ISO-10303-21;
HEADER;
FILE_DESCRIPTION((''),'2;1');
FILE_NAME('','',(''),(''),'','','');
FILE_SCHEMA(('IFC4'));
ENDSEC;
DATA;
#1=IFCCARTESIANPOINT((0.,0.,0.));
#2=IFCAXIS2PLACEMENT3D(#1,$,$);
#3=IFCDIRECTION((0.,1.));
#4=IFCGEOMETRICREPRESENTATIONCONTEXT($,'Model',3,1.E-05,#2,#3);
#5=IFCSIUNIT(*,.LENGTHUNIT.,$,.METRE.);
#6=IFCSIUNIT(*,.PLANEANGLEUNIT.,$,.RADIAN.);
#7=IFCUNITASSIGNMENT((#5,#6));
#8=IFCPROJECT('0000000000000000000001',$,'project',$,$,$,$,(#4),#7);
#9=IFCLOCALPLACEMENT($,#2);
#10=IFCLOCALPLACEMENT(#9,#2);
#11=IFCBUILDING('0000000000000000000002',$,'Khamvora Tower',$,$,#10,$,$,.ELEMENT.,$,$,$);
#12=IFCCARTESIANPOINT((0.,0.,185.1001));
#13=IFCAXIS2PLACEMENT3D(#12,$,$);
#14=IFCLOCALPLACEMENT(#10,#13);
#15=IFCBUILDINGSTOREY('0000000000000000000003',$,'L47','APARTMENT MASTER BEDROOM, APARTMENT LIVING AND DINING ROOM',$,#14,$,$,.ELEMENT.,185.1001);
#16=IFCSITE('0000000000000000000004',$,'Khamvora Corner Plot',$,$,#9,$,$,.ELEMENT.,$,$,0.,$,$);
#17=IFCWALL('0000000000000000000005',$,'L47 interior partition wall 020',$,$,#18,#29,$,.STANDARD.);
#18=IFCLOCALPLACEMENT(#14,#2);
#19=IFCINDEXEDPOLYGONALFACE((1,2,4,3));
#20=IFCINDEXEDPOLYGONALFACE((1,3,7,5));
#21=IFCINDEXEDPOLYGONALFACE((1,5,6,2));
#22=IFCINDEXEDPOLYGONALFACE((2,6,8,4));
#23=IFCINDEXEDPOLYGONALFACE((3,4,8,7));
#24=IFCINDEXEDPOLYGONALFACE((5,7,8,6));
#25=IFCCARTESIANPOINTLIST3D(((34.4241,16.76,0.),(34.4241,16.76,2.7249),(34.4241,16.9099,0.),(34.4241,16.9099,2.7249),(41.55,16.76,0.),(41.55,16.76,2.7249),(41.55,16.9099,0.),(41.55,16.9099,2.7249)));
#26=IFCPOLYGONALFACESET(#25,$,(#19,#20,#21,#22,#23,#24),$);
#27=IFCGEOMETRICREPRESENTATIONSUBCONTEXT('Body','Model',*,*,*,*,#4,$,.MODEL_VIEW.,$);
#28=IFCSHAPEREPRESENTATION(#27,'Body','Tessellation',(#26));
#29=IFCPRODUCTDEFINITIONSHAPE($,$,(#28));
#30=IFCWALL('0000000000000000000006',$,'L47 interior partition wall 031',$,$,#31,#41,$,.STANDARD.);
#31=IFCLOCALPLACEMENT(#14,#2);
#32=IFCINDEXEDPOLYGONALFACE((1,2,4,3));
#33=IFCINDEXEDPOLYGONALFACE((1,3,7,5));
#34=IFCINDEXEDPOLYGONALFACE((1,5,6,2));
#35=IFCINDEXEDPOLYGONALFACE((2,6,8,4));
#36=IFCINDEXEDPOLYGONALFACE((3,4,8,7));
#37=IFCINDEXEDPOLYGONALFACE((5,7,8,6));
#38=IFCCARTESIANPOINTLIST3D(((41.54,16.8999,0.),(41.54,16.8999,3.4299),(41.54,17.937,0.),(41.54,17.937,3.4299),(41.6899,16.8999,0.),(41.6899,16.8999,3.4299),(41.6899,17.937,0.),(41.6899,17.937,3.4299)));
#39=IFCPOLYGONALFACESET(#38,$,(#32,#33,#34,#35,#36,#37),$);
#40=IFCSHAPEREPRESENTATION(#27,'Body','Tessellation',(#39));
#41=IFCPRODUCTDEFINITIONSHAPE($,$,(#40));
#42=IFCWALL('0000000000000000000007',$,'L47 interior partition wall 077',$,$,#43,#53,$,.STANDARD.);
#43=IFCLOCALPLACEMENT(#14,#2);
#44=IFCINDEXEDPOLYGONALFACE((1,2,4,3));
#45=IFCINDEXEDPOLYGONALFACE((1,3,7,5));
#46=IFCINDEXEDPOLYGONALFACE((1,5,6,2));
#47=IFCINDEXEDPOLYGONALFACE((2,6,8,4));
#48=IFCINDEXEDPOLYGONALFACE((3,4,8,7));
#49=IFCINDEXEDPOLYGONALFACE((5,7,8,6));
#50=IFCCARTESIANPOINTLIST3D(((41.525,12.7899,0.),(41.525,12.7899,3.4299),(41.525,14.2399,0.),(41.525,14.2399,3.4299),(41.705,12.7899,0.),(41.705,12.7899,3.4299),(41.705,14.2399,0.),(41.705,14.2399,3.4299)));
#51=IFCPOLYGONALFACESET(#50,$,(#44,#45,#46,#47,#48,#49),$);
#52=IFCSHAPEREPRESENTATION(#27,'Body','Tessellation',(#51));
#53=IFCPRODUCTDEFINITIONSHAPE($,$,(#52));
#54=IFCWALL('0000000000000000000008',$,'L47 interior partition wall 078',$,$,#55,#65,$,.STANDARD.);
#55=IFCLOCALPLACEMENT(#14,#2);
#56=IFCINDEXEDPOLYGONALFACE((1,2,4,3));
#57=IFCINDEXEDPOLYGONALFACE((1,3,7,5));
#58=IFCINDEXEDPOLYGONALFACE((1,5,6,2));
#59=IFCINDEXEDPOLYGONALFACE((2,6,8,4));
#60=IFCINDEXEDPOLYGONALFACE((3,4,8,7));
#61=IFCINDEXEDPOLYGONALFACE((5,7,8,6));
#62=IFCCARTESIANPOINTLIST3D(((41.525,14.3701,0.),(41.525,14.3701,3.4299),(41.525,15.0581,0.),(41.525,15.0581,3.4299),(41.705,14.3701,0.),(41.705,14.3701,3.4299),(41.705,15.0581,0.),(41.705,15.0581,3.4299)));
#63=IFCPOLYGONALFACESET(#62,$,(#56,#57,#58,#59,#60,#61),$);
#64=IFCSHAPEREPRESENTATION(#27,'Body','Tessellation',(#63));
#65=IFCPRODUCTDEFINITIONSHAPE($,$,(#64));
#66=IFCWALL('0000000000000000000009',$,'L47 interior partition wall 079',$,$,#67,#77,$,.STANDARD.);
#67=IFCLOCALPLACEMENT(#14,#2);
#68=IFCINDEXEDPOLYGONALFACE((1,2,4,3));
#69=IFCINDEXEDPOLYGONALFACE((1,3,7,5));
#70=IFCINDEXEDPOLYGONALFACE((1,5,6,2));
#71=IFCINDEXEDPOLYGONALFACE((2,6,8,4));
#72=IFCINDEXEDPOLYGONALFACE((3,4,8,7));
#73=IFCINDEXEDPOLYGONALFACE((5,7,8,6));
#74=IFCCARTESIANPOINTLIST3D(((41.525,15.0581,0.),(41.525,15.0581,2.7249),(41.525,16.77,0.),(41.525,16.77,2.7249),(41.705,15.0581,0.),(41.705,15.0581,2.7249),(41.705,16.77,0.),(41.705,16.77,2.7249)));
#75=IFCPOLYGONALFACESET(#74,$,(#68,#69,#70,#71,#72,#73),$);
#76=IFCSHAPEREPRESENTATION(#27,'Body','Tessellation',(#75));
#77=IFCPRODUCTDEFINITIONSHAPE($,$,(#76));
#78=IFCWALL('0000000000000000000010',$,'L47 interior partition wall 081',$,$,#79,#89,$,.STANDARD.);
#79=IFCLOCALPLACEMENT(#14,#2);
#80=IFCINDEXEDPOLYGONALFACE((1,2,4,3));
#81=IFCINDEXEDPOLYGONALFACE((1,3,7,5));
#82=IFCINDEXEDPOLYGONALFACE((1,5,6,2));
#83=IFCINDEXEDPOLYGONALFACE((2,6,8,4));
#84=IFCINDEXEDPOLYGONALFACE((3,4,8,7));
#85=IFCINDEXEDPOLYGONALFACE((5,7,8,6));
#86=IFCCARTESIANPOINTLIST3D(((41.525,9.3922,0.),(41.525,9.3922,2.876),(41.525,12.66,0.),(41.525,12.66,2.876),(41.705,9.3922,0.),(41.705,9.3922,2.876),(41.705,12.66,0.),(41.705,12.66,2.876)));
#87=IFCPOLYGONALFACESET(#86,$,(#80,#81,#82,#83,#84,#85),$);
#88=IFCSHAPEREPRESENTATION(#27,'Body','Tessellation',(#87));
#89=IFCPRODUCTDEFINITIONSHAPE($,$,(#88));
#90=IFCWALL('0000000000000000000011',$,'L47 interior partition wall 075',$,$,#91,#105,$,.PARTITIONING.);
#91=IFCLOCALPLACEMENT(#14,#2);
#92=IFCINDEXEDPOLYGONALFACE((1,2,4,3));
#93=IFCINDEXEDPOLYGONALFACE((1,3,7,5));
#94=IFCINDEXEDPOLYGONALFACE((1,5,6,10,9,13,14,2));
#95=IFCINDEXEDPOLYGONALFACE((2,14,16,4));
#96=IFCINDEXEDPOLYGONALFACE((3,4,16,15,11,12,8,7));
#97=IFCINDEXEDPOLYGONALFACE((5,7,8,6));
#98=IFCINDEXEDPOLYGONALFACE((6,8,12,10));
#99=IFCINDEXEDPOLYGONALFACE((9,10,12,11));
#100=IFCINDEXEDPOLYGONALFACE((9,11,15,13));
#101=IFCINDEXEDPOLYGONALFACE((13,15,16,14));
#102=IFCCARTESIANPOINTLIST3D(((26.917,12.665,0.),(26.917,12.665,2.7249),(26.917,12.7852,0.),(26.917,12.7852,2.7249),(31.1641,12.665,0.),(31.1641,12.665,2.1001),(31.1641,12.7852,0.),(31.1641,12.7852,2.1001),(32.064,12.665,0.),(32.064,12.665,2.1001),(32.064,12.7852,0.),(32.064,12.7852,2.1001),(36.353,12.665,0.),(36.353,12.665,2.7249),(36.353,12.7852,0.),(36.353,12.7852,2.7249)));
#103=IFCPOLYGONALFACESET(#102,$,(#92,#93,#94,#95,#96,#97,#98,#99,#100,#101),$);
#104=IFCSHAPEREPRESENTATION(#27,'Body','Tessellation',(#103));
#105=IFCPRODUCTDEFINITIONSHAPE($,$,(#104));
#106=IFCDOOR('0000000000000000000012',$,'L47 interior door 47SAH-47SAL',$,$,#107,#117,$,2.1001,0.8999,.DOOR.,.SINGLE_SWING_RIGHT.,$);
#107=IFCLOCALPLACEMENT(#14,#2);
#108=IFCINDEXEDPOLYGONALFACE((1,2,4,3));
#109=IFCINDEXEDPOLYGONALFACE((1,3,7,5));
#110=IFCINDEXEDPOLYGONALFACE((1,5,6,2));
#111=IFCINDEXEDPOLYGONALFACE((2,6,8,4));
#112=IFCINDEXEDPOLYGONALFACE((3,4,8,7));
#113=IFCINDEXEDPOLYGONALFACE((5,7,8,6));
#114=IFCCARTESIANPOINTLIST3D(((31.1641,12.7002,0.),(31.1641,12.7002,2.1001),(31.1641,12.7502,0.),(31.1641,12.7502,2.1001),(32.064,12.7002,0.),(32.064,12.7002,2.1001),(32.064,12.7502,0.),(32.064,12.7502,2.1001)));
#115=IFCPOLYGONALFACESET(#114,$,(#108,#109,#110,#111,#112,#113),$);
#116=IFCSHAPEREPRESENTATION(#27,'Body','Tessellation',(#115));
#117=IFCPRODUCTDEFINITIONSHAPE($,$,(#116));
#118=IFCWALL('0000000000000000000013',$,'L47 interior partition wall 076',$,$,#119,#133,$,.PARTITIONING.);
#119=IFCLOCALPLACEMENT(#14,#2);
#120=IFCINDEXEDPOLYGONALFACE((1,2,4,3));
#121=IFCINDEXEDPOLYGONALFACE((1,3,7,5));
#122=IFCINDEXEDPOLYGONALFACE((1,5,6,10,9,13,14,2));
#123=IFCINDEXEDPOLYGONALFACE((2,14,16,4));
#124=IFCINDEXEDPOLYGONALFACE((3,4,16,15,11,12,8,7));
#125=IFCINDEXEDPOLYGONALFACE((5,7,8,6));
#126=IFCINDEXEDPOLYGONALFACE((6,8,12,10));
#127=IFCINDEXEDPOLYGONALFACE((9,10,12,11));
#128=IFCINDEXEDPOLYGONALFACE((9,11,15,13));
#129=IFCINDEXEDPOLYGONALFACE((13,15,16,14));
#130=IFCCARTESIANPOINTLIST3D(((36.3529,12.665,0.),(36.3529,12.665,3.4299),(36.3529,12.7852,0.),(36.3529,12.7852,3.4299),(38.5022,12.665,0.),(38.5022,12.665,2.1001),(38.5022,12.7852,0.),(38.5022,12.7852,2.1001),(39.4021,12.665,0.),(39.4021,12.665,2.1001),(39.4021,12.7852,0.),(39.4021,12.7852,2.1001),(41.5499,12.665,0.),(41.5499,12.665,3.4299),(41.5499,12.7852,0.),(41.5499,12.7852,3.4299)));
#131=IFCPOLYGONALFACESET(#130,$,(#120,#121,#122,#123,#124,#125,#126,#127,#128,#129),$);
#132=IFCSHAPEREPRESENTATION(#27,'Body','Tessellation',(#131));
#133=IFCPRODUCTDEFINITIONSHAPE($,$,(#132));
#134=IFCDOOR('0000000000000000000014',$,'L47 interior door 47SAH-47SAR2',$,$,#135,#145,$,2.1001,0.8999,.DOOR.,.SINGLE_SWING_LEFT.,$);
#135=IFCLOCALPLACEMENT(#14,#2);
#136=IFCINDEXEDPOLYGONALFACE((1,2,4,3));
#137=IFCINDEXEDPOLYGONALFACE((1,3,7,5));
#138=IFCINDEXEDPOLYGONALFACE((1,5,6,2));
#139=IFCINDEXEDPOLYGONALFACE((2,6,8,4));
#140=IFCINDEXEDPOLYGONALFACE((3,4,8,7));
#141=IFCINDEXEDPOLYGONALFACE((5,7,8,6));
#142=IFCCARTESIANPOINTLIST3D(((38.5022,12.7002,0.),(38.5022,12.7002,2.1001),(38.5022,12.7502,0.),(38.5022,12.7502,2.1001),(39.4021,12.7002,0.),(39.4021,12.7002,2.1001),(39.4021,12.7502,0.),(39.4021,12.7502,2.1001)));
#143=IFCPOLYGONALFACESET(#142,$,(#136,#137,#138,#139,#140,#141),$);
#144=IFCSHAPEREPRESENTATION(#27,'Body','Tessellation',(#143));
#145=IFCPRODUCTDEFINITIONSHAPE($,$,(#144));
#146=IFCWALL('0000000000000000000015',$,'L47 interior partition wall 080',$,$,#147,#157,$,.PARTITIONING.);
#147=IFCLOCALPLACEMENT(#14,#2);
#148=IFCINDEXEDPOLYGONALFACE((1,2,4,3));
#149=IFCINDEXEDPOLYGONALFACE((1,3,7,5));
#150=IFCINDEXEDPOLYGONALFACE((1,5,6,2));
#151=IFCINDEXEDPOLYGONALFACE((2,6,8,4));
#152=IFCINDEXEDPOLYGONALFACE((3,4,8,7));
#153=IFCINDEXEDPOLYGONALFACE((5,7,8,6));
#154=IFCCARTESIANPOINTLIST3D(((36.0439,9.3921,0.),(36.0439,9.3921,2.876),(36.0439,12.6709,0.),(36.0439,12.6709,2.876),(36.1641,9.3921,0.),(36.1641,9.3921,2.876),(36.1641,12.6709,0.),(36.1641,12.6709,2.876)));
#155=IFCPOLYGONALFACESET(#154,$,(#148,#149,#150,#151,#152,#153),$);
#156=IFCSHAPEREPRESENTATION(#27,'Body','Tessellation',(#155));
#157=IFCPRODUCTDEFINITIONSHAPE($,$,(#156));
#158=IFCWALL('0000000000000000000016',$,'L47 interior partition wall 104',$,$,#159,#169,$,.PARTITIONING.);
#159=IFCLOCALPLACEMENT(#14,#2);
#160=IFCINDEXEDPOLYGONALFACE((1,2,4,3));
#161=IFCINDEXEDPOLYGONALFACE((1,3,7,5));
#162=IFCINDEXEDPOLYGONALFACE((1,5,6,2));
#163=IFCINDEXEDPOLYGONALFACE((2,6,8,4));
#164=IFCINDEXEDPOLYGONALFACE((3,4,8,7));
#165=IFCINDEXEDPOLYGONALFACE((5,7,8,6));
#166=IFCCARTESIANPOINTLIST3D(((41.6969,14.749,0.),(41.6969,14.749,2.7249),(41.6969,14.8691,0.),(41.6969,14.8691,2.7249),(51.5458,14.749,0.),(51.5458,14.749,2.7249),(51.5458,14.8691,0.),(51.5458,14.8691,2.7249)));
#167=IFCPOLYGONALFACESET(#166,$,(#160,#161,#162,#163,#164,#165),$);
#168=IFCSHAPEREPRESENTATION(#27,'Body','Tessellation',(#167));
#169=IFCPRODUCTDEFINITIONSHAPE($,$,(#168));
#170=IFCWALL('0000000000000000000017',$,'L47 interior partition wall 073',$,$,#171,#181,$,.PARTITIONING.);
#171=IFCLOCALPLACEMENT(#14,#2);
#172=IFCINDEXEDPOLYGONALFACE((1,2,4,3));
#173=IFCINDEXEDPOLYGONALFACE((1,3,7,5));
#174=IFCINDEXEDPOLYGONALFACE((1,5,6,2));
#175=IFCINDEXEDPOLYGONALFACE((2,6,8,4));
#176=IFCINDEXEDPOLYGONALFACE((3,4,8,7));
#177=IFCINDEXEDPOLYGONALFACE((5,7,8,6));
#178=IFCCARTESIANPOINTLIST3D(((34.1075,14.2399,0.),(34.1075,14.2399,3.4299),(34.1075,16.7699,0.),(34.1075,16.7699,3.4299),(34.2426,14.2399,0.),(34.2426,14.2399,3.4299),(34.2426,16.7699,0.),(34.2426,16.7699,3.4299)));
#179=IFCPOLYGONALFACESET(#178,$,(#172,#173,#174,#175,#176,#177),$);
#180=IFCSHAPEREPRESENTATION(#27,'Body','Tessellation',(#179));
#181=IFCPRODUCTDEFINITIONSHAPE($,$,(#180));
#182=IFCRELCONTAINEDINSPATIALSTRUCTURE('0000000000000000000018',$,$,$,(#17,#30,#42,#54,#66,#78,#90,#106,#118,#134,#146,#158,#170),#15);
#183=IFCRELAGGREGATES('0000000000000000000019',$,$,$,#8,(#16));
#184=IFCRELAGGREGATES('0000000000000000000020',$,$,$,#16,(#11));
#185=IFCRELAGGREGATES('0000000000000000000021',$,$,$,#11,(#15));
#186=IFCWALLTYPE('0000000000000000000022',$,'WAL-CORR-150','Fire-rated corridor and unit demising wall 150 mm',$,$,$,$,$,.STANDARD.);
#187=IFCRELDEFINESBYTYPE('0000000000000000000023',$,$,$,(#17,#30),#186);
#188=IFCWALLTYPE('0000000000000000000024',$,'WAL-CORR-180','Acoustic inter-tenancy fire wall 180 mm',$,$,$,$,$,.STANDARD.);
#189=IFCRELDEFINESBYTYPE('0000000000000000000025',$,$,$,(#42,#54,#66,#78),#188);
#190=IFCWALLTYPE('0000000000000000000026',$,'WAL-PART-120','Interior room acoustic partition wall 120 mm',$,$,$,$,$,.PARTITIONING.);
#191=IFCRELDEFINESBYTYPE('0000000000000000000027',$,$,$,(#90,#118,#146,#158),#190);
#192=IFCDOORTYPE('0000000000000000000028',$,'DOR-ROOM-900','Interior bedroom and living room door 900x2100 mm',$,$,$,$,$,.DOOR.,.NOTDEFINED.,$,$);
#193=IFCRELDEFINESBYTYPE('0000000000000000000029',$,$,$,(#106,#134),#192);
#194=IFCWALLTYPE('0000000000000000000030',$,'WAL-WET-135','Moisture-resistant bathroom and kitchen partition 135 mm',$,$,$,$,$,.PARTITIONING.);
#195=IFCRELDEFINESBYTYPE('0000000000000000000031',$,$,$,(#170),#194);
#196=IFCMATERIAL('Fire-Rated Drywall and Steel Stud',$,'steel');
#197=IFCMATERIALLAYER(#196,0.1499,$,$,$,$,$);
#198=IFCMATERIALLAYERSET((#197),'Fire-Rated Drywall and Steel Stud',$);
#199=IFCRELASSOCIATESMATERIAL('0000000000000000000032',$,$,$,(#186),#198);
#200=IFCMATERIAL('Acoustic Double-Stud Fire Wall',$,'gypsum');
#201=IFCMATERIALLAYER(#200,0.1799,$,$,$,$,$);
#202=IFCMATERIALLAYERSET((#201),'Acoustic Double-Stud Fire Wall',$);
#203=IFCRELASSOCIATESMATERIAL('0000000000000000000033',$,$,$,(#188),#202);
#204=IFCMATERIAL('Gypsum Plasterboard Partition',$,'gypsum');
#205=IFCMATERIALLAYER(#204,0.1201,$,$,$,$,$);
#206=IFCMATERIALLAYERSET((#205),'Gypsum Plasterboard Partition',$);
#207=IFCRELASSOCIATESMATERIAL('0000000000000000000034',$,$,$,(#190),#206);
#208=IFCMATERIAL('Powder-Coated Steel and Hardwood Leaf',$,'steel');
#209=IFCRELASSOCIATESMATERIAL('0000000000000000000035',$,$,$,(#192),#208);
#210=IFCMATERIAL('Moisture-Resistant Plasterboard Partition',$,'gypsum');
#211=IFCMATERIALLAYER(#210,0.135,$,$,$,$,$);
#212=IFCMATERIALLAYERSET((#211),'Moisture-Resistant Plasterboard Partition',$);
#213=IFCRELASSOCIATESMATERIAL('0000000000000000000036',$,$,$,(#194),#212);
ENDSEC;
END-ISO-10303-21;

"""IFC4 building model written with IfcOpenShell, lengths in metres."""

from ifc_helpers import new_model, si_unit, direction, frame, frame_2d, origin, place, context, subcontext, project, spatial, rectangle, extrude, material, layer, layer_set, type_object, element, fill, save


model = new_model("IFC4")

# Units and contexts
model_context = context("Model", 3, precision=1e-05, world=origin(), true_north=direction((0.0, 1.0)))
body_context = subcontext(model_context, "Body", "Model", "MODEL_VIEW")
ifc_project = project(units=[si_unit("LENGTHUNIT", "METRE"), si_unit("PLANEANGLEUNIT", "RADIAN")], contexts=[model_context])

# Site, building, storey
site_placement = place(None, origin())
site = spatial("IfcSite", under=ifc_project, at=site_placement, Name="Khamvora Corner Plot", CompositionType="ELEMENT", RefElevation=0.0)
building_placement = place(site_placement, origin())
building = spatial("IfcBuilding", under=site, at=building_placement, Name="Khamvora Tower", CompositionType="ELEMENT")
storey_placement = place(building_placement, frame((0.0, 0.0, 185.1001)))
storey = spatial("IfcBuildingStorey", under=building, at=storey_placement, Name="L47", Description="APARTMENT MASTER BEDROOM, APARTMENT LIVING AND DINING ROOM", CompositionType="ELEMENT", Elevation=185.1001)

# Shared definitions
ifc_material_1 = material(Name="Fire-Rated Drywall and Steel Stud", Category="steel")
ifc_layer_1 = layer(ifc_material_1, 0.1499)
ifc_layer_set_1 = layer_set([ifc_layer_1], Name="Fire-Rated Drywall and Steel Stud")
wall_type_1 = type_object("IfcWallType", Name="WAL-CORR-150", Description="Fire-rated corridor and unit demising wall 150 mm", PredefinedType="STANDARD", material=ifc_layer_set_1)
ifc_material_2 = material(Name="Powder-Coated Steel and Hardwood Leaf", Category="steel")

# Walls
wall_1_placement = place(storey_placement, frame((41.55, 16.835, 0.0), z_axis=(0.0, 0.0, 1.0), x_axis=(-1.0, 0.0, 0.0)))
element("IfcWall", 1, at=wall_1_placement, inside=storey, type_object=wall_type_1, Name="L47 interior partition wall 020", PredefinedType="STANDARD", context=body_context, shape_type="SweptSolid", body=[
    extrude(rectangle(XDim=7.126, YDim=0.1499, at=frame_2d((3.563, 0.0))), origin(), (0.0, 0.0, 1.0), 2.7249),
])
wall_2_placement = place(storey_placement, frame((41.615, 17.937, 0.0), z_axis=(0.0, 0.0, 1.0), x_axis=(0.0, -1.0, 0.0)))
element("IfcWall", 2, at=wall_2_placement, inside=storey, type_object=wall_type_1, Name="L47 interior partition wall 031", PredefinedType="STANDARD", context=body_context, shape_type="SweptSolid", body=[
    extrude(rectangle(XDim=1.0371, YDim=0.1499, at=frame_2d((0.5186, 0.0))), origin(), (0.0, 0.0, 1.0), 3.4299),
])
ifc_material_3 = material(Name="Acoustic Double-Stud Fire Wall", Category="gypsum")
ifc_layer_2 = layer(ifc_material_3, 0.1799)
ifc_layer_set_2 = layer_set([ifc_layer_2], Name="Acoustic Double-Stud Fire Wall")
wall_type_2 = type_object("IfcWallType", Name="WAL-CORR-180", Description="Acoustic inter-tenancy fire wall 180 mm", PredefinedType="STANDARD", material=ifc_layer_set_2)
wall_3_placement = place(storey_placement, frame((41.615, 14.24, 0.0), z_axis=(0.0, 0.0, 1.0), x_axis=(0.0, -1.0, 0.0)))
element("IfcWall", 3, at=wall_3_placement, inside=storey, type_object=wall_type_2, Name="L47 interior partition wall 077", PredefinedType="STANDARD", context=body_context, shape_type="SweptSolid", body=[
    extrude(rectangle(XDim=1.45, YDim=0.1799, at=frame_2d((0.7251, 0.0))), origin(), (0.0, 0.0, 1.0), 3.4299),
])
wall_4_placement = place(storey_placement, frame((41.615, 15.0581, 0.0), z_axis=(0.0, 0.0, 1.0), x_axis=(0.0, -1.0, 0.0)))
element("IfcWall", 4, at=wall_4_placement, inside=storey, type_object=wall_type_2, Name="L47 interior partition wall 078", PredefinedType="STANDARD", context=body_context, shape_type="SweptSolid", body=[
    extrude(rectangle(XDim=0.688, YDim=0.1799, at=frame_2d((0.344, 0.0))), origin(), (0.0, 0.0, 1.0), 3.4299),
])
wall_5_placement = place(storey_placement, frame((41.615, 16.77, 0.0), z_axis=(0.0, 0.0, 1.0), x_axis=(0.0, -1.0, 0.0)))
element("IfcWall", 5, at=wall_5_placement, inside=storey, type_object=wall_type_2, Name="L47 interior partition wall 079", PredefinedType="STANDARD", context=body_context, shape_type="SweptSolid", body=[
    extrude(rectangle(XDim=1.7119, YDim=0.1799, at=frame_2d((0.856, 0.0))), origin(), (0.0, 0.0, 1.0), 2.7249),
])
wall_6_placement = place(storey_placement, frame((41.615, 12.6599, 0.0), z_axis=(0.0, 0.0, 1.0), x_axis=(0.0, -1.0, 0.0)))
element("IfcWall", 6, at=wall_6_placement, inside=storey, type_object=wall_type_2, Name="L47 interior partition wall 081", PredefinedType="STANDARD", context=body_context, shape_type="SweptSolid", body=[
    extrude(rectangle(XDim=3.2678, YDim=0.1799, at=frame_2d((1.6338, 0.0))), origin(), (0.0, 0.0, 1.0), 2.876),
])

# Walls, openings, doors
ifc_material_4 = material(Name="Gypsum Plasterboard Partition", Category="gypsum")
ifc_layer_3 = layer(ifc_material_4, 0.1201)
ifc_layer_set_3 = layer_set([ifc_layer_3], Name="Gypsum Plasterboard Partition")
wall_type_3 = type_object("IfcWallType", Name="WAL-PART-120", Description="Interior room acoustic partition wall 120 mm", PredefinedType="PARTITIONING", material=ifc_layer_set_3)
wall_7_placement = place(storey_placement, frame((36.353, 12.7251, 0.0), z_axis=(0.0, 0.0, 1.0), x_axis=(-1.0, 0.0, 0.0)))
wall_7 = element("IfcWall", 7, at=wall_7_placement, inside=storey, type_object=wall_type_3, Name="L47 interior partition wall 075", PredefinedType="PARTITIONING", context=body_context, shape_type="SweptSolid", body=[
    extrude(rectangle(XDim=9.436, YDim=0.1201, at=frame_2d((4.718, 0.0))), origin(), (0.0, 0.0, 1.0), 2.7249),
])
opening_1_placement = place(wall_7_placement, frame((4.2891, 0.0, 0.0)))
opening_1 = element("IfcOpeningElement", 8, at=opening_1_placement, cuts=wall_7, PredefinedType="OPENING", context=body_context, shape_type="SweptSolid", body=[
    extrude(rectangle(XDim=0.8999, YDim=2.1001, at=frame_2d((0.45, 1.05))), frame((0.0, 0.0701, 0.0), z_axis=(0.0, -1.0, 0.0), x_axis=(1.0, 0.0, 0.0)), (0.0, 0.0, 1.0), 0.1401),
])
door_type_1 = type_object("IfcDoorType", Name="DOR-ROOM-900", Description="Interior bedroom and living room door 900x2100 mm", OperationType="NOTDEFINED", PredefinedType="DOOR", material=ifc_material_2)
door_1_placement = place(opening_1_placement, origin())
door_1 = element("IfcDoor", 9, at=door_1_placement, inside=storey, type_object=door_type_1, Name="L47 interior door 47SAH-47SAL", OperationType="SINGLE_SWING_RIGHT", OverallHeight=2.1001, OverallWidth=0.8999, PredefinedType="DOOR", context=body_context, shape_type="SweptSolid", body=[
    extrude(rectangle(XDim=0.8999, YDim=2.1001, at=frame_2d((0.45, 1.05))), frame((0.0, 0.0249, 0.0), z_axis=(0.0, -1.0, 0.0), x_axis=(1.0, 0.0, 0.0)), (0.0, 0.0, 1.0), 0.05),
])
fill(opening_1, door_1)
wall_8_placement = place(storey_placement, frame((41.55, 12.7251, 0.0), z_axis=(0.0, 0.0, 1.0), x_axis=(-1.0, 0.0, 0.0)))
wall_8 = element("IfcWall", 10, at=wall_8_placement, inside=storey, type_object=wall_type_3, Name="L47 interior partition wall 076", PredefinedType="PARTITIONING", context=body_context, shape_type="SweptSolid", body=[
    extrude(rectangle(XDim=5.197, YDim=0.1201, at=frame_2d((2.5986, 0.0))), origin(), (0.0, 0.0, 1.0), 3.4299),
])
opening_2_placement = place(wall_8_placement, frame((2.1479, 0.0, 0.0)))
opening_2 = element("IfcOpeningElement", 11, at=opening_2_placement, cuts=wall_8, PredefinedType="OPENING", context=body_context, shape_type="SweptSolid", body=[
    extrude(rectangle(XDim=0.8999, YDim=2.1001, at=frame_2d((0.45, 1.05))), frame((0.0, 0.0701, 0.0), z_axis=(0.0, -1.0, 0.0), x_axis=(1.0, 0.0, 0.0)), (0.0, 0.0, 1.0), 0.1401),
])
door_2_placement = place(opening_2_placement, origin())
door_2 = element("IfcDoor", 12, at=door_2_placement, inside=storey, type_object=door_type_1, Name="L47 interior door 47SAH-47SAR2", OperationType="SINGLE_SWING_LEFT", OverallHeight=2.1001, OverallWidth=0.8999, PredefinedType="DOOR", context=body_context, shape_type="SweptSolid", body=[
    extrude(rectangle(XDim=0.8999, YDim=2.1001, at=frame_2d((0.45, 1.05))), frame((0.0, 0.0249, 0.0), z_axis=(0.0, -1.0, 0.0), x_axis=(1.0, 0.0, 0.0)), (0.0, 0.0, 1.0), 0.05),
])
fill(opening_2, door_2)

# Walls
wall_9_placement = place(storey_placement, frame((36.104, 12.6709, 0.0), z_axis=(0.0, 0.0, 1.0), x_axis=(0.0, -1.0, 0.0)))
element("IfcWall", 13, at=wall_9_placement, inside=storey, type_object=wall_type_3, Name="L47 interior partition wall 080", PredefinedType="PARTITIONING", context=body_context, shape_type="SweptSolid", body=[
    extrude(rectangle(XDim=3.2788, YDim=0.1201, at=frame_2d((1.6394, 0.0))), origin(), (0.0, 0.0, 1.0), 2.876),
])
wall_10_placement = place(storey_placement, frame((41.697, 14.8091, 0.0), z_axis=(0.0, 0.0, 1.0), x_axis=(1.0, 0.0, 0.0)))
element("IfcWall", 14, at=wall_10_placement, inside=storey, type_object=wall_type_3, Name="L47 interior partition wall 104", PredefinedType="PARTITIONING", context=body_context, shape_type="SweptSolid", body=[
    extrude(rectangle(XDim=9.8489, YDim=0.1201, at=frame_2d((4.9243, 0.0))), origin(), (0.0, 0.0, 1.0), 2.7249),
])
ifc_material_5 = material(Name="Moisture-Resistant Plasterboard Partition", Category="gypsum")
ifc_layer_4 = layer(ifc_material_5, 0.135)
ifc_layer_set_4 = layer_set([ifc_layer_4], Name="Moisture-Resistant Plasterboard Partition")
wall_type_4 = type_object("IfcWallType", Name="WAL-WET-135", Description="Moisture-resistant bathroom and kitchen partition 135 mm", PredefinedType="PARTITIONING", material=ifc_layer_set_4)
wall_11_placement = place(storey_placement, frame((34.175, 16.77, 0.0), z_axis=(0.0, 0.0, 1.0), x_axis=(0.0, -1.0, 0.0)))
element("IfcWall", 15, at=wall_11_placement, inside=storey, type_object=wall_type_4, Name="L47 interior partition wall 073", PredefinedType="PARTITIONING", context=body_context, shape_type="SweptSolid", body=[
    extrude(rectangle(XDim=2.53, YDim=0.135, at=frame_2d((1.2651, 0.0))), origin(), (0.0, 0.0, 1.0), 3.4299),
])

save(model, "model.ifc")
